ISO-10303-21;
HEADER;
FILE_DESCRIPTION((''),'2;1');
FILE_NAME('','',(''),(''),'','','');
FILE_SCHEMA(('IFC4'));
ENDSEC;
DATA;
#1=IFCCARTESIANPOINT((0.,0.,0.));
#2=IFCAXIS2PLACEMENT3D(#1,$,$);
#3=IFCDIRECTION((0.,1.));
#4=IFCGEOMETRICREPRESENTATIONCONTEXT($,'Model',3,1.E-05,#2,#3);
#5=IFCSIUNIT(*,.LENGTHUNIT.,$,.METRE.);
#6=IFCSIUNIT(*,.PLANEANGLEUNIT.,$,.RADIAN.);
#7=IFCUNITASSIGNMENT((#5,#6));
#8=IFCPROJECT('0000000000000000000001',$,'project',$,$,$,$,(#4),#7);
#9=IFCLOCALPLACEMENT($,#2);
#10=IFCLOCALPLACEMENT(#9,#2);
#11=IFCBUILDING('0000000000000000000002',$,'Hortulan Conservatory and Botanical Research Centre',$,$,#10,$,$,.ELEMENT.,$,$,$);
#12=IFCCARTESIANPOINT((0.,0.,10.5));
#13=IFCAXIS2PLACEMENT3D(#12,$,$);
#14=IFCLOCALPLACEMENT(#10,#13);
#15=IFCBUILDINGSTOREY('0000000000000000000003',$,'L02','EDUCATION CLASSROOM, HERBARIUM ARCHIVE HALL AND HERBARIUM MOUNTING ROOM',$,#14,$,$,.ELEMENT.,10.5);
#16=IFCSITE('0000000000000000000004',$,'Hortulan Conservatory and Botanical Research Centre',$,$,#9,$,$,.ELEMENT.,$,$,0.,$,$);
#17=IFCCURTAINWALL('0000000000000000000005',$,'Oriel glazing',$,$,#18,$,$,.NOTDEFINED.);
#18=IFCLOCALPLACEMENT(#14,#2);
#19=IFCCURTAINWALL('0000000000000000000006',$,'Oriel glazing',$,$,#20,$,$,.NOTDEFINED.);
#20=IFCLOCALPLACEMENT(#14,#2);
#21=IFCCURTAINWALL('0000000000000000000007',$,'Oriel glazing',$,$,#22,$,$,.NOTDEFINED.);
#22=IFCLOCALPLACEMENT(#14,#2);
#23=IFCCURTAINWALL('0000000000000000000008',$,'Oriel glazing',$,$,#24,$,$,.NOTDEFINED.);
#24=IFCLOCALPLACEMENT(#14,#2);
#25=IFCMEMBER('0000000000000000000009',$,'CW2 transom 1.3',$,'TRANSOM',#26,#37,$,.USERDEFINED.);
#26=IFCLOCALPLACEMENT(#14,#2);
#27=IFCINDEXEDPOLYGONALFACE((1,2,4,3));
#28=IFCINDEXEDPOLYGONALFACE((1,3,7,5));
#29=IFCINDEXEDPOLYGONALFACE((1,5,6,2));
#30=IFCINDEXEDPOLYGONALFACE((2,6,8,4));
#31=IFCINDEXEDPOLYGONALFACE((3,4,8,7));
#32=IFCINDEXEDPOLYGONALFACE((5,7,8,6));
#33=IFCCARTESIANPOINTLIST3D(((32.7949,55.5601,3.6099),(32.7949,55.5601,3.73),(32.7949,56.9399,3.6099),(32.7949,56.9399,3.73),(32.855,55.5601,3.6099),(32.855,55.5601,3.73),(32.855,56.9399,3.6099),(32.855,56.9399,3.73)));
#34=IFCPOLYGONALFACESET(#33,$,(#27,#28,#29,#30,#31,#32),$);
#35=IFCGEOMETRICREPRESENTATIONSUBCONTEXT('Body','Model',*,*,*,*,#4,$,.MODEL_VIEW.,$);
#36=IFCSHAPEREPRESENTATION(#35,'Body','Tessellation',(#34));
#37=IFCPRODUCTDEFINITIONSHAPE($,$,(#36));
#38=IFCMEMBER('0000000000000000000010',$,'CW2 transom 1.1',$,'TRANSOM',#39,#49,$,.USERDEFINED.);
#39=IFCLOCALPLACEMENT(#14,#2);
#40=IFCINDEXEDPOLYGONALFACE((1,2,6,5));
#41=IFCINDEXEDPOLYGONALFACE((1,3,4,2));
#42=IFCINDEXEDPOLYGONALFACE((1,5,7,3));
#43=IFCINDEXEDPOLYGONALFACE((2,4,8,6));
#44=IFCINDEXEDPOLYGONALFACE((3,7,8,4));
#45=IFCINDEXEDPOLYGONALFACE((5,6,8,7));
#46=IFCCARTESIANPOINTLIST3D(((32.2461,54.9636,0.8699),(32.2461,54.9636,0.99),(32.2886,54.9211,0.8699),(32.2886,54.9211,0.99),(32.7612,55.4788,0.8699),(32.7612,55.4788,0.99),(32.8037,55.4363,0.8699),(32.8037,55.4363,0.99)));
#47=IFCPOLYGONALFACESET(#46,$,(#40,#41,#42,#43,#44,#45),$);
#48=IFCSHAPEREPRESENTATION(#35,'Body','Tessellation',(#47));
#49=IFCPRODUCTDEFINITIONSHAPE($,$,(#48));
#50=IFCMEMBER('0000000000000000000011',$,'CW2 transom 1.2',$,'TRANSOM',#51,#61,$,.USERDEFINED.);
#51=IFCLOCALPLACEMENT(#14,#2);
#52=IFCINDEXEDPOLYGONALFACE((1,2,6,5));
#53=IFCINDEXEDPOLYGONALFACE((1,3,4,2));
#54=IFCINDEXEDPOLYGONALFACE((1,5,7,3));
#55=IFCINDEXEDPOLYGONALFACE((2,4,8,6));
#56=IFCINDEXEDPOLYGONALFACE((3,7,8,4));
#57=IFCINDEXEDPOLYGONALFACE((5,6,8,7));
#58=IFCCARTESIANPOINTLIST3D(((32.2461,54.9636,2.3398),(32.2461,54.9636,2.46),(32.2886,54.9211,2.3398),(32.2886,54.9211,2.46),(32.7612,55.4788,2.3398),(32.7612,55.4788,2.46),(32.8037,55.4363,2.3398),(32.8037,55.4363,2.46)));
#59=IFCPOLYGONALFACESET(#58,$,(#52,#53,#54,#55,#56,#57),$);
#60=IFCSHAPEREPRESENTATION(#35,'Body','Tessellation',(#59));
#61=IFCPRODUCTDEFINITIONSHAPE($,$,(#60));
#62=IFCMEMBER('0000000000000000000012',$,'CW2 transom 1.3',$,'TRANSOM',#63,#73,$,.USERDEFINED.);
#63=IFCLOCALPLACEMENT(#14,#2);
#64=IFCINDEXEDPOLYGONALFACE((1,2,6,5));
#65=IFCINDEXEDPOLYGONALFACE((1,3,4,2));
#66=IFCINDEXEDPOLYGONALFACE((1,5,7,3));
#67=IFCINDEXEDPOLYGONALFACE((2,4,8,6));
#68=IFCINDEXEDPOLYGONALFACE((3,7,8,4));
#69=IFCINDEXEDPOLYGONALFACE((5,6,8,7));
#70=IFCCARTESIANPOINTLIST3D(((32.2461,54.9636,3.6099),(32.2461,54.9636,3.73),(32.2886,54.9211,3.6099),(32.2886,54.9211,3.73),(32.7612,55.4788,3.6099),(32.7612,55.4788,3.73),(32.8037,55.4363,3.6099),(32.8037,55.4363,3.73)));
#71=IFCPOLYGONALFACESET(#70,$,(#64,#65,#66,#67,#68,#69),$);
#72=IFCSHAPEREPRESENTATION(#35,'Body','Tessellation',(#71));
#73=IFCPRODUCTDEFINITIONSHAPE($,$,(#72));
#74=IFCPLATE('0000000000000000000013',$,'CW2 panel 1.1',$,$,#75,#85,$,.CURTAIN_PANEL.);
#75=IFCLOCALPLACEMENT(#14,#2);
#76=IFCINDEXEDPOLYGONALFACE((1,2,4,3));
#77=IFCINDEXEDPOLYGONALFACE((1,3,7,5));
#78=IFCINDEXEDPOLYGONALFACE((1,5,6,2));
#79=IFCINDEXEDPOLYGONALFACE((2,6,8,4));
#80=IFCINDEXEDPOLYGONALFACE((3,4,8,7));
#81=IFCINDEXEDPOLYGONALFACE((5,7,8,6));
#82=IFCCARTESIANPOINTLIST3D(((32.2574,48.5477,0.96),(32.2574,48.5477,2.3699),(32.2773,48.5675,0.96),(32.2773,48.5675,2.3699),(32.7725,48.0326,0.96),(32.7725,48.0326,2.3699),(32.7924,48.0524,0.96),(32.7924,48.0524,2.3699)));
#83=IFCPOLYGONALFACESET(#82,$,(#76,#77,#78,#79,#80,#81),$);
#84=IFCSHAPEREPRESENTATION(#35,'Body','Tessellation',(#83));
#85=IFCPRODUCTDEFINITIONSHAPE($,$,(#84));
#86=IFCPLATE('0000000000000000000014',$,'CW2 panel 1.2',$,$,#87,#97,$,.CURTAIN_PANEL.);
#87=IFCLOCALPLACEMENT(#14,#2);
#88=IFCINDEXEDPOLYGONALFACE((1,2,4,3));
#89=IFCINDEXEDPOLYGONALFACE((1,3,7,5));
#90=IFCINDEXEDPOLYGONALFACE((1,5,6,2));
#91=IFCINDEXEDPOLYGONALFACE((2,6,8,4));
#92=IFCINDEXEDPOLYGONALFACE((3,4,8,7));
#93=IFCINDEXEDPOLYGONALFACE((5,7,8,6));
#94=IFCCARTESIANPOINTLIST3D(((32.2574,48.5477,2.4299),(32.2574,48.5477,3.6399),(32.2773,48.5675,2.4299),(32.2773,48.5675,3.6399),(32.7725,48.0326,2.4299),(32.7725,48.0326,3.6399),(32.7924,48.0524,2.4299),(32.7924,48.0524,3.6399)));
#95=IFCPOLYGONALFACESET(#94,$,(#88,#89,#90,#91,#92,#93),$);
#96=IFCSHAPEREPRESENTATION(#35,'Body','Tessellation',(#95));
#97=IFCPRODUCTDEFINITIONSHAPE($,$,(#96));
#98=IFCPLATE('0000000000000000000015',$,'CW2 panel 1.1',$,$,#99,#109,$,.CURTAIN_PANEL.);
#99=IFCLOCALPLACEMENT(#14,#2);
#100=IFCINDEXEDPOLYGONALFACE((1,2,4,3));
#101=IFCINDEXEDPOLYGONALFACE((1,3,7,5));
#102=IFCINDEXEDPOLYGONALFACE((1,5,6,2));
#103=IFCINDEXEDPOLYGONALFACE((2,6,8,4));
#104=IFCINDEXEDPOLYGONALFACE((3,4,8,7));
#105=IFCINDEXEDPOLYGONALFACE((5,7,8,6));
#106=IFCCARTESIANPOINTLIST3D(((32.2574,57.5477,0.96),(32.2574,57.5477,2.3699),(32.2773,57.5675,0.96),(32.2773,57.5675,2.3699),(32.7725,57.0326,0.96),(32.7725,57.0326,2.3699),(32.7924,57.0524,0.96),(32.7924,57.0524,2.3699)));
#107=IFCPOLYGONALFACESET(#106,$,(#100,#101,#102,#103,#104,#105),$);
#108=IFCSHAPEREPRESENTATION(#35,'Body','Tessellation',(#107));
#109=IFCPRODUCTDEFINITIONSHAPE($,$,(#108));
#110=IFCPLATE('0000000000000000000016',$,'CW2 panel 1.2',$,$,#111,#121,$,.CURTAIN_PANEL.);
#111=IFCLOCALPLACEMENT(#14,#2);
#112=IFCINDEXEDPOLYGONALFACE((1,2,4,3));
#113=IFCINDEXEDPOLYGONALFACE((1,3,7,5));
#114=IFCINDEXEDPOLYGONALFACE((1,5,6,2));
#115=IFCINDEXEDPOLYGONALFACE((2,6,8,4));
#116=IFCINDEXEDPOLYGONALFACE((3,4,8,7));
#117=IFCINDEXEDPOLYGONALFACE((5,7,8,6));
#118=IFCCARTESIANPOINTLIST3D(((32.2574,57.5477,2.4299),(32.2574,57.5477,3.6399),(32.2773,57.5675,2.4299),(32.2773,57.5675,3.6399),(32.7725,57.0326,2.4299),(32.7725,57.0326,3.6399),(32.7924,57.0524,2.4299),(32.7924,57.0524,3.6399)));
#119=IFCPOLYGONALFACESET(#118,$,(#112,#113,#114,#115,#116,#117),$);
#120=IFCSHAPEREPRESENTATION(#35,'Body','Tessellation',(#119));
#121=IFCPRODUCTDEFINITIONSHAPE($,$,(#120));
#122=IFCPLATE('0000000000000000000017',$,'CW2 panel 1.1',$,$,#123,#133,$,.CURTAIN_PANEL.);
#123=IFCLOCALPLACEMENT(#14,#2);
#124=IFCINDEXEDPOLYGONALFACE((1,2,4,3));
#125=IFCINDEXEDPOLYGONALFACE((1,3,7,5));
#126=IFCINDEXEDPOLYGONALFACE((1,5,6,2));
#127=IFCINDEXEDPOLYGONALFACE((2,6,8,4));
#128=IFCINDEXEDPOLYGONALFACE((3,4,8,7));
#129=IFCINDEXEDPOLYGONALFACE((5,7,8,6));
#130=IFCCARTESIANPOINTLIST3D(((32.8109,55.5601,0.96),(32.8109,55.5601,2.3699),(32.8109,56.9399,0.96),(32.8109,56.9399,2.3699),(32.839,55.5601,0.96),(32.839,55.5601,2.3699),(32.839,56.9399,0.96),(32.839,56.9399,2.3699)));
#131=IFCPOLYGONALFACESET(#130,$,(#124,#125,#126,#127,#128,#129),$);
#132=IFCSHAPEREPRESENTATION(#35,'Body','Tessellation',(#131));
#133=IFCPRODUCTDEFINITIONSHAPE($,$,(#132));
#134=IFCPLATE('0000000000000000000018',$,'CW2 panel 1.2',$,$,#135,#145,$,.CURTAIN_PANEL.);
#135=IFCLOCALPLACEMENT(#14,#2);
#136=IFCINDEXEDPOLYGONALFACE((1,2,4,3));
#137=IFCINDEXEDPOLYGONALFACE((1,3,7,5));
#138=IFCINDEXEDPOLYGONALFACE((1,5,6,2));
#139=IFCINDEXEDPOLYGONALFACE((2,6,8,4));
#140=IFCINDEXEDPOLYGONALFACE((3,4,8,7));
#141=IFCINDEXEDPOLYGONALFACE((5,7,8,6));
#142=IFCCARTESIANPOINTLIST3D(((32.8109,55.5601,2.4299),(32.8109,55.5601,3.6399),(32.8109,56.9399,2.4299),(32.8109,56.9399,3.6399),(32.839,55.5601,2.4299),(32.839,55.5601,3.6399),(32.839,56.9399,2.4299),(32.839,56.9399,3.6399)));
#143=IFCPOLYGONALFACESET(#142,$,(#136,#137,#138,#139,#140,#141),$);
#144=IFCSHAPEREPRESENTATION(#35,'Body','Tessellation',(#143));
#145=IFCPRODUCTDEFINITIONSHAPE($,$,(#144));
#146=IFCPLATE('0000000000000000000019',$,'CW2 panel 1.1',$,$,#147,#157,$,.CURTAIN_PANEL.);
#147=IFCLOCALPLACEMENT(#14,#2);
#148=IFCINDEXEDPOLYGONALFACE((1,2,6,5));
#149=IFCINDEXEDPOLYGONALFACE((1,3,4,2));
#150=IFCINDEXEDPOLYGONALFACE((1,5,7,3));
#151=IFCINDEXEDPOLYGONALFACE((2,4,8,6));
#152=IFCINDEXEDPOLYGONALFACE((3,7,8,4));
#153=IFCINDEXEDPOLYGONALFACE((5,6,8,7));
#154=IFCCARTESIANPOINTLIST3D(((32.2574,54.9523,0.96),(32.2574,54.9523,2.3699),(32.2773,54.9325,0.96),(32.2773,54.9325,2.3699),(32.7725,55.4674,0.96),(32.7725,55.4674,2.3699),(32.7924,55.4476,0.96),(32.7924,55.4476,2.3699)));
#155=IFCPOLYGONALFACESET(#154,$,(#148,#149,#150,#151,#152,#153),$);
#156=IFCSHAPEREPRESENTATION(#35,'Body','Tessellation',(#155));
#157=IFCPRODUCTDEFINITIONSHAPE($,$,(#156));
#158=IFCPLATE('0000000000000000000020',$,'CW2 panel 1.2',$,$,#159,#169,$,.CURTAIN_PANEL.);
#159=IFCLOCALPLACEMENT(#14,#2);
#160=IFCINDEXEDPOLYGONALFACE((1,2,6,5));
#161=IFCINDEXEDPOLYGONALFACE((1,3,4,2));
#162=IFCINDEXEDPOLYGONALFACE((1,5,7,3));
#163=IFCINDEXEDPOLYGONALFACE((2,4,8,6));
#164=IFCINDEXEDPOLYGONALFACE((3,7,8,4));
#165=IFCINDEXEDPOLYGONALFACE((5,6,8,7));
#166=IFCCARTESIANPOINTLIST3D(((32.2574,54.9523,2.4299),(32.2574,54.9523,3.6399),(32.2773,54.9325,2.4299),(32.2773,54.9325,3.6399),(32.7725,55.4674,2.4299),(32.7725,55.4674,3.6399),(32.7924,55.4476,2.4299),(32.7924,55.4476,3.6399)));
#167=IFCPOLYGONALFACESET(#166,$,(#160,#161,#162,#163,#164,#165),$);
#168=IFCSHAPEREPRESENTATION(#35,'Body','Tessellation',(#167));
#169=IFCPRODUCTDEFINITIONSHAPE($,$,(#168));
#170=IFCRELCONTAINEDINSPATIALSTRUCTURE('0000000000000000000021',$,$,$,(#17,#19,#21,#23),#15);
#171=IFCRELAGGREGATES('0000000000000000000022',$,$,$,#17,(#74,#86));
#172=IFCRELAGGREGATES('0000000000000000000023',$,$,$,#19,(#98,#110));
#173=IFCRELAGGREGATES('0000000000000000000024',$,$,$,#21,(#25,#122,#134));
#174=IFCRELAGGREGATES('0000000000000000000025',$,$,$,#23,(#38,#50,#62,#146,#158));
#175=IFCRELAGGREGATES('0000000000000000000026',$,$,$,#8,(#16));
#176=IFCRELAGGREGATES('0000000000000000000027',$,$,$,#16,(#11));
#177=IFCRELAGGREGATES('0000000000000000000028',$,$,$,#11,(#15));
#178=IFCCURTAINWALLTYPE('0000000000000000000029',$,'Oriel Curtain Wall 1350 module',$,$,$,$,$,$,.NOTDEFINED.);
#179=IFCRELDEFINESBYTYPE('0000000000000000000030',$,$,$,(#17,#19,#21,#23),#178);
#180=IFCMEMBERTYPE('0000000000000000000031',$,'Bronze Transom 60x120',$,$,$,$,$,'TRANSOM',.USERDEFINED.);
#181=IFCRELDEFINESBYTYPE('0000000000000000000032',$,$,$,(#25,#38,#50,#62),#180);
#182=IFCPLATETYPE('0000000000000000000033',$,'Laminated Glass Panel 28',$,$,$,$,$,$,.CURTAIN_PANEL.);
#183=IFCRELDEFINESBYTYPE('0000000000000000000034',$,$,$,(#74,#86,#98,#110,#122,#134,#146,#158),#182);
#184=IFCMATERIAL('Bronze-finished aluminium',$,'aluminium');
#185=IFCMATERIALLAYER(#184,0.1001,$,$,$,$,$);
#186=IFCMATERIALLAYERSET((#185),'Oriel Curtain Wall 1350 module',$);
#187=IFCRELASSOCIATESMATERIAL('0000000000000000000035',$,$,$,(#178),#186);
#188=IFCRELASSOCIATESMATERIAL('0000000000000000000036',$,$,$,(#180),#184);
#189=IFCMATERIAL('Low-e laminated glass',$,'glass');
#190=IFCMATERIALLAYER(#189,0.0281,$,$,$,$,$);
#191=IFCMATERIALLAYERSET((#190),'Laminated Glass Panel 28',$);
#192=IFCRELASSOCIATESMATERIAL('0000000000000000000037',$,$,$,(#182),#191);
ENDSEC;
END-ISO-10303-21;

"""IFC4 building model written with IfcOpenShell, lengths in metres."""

from ifc_helpers import new_model, si_unit, direction, frame, origin, origin_2d, place, context, subcontext, project, spatial, rectangle, extrude, material, layer, layer_set, material_profile, profile_set, type_object, element, aggregate, save


model = new_model("IFC4")

# Units and contexts
model_context = context("Model", 3, precision=1e-05, world=origin(), true_north=direction((0.0, 1.0)))
body_context = subcontext(model_context, "Body", "Model", "MODEL_VIEW")
ifc_project = project(units=[si_unit("LENGTHUNIT", "METRE"), si_unit("PLANEANGLEUNIT", "RADIAN")], contexts=[model_context])

# Site, building, storey
site_placement = place(None, origin())
site = spatial("IfcSite", under=ifc_project, at=site_placement, Name="Hortulan Conservatory and Botanical Research Centre", CompositionType="ELEMENT", RefElevation=0.0)
building_placement = place(site_placement, origin())
building = spatial("IfcBuilding", under=site, at=building_placement, Name="Hortulan Conservatory and Botanical Research Centre", CompositionType="ELEMENT")
storey_placement = place(building_placement, frame((0.0, 0.0, 10.5)))
storey = spatial("IfcBuildingStorey", under=building, at=storey_placement, Name="L02", Description="EDUCATION CLASSROOM, HERBARIUM ARCHIVE HALL AND HERBARIUM MOUNTING ROOM", CompositionType="ELEMENT", Elevation=10.5)

# Curtain walls
ifc_material_1 = material(Name="Bronze-finished aluminium", Category="aluminium")
ifc_layer_1 = layer(ifc_material_1, 0.1001)
ifc_layer_set_1 = layer_set([ifc_layer_1], Name="Oriel Curtain Wall 1350 module")
curtain_wall_type = type_object("IfcCurtainWallType", Name="Oriel Curtain Wall 1350 module", PredefinedType="NOTDEFINED", material=ifc_layer_set_1)
curtain_wall_1_placement = place(storey_placement, origin())
curtain_wall_1 = element("IfcCurtainWall", 1, at=curtain_wall_1_placement, inside=storey, type_object=curtain_wall_type, Name="Oriel glazing", PredefinedType="NOTDEFINED")
curtain_wall_2_placement = place(storey_placement, origin())
curtain_wall_2 = element("IfcCurtainWall", 2, at=curtain_wall_2_placement, inside=storey, type_object=curtain_wall_type, Name="Oriel glazing", PredefinedType="NOTDEFINED")

# Curtain walls
curtain_wall_3_placement = place(storey_placement, origin())
curtain_wall_3 = element("IfcCurtainWall", 3, at=curtain_wall_3_placement, inside=storey, type_object=curtain_wall_type, Name="Oriel glazing", PredefinedType="NOTDEFINED")
curtain_wall_4_placement = place(storey_placement, origin())
curtain_wall_4 = element("IfcCurtainWall", 4, at=curtain_wall_4_placement, inside=storey, type_object=curtain_wall_type, Name="Oriel glazing", PredefinedType="NOTDEFINED")

# Members
ifc_material_profile_1 = material_profile(ifc_material_1, rectangle(XDim=0.0601, YDim=0.1201, at=origin_2d()), Name="Bronze Transom 60x120")
ifc_profile_set_1 = profile_set([ifc_material_profile_1], Name="Bronze-finished aluminium")
member_type_1 = type_object("IfcMemberType", Name="Bronze Transom 60x120", ElementType="TRANSOM", PredefinedType="USERDEFINED", material=ifc_profile_set_1)
member_1_placement = place(storey_placement, frame((32.825, 56.9399, 3.6699), z_axis=(0.0, -1.0, 0.0), x_axis=(1.0, 0.0, 0.0)))
member_1 = element("IfcMember", 5, at=member_1_placement, type_object=member_type_1, Name="CW2 transom 1.3", ObjectType="TRANSOM", PredefinedType="USERDEFINED", context=body_context, shape_type="SweptSolid", body=[
    extrude(rectangle(XDim=0.0601, YDim=0.1201, at=origin_2d()), origin(), (0.0, 0.0, 1.0), 1.3799),
])
member_2_placement = place(storey_placement, frame((32.7825, 55.4575, 0.9299), z_axis=(-0.707107, -0.707107, 0.0), x_axis=(0.707107, -0.707107, 0.0)))
member_2 = element("IfcMember", 6, at=member_2_placement, type_object=member_type_1, Name="CW2 transom 1.1", ObjectType="TRANSOM", PredefinedType="USERDEFINED", context=body_context, shape_type="SweptSolid", body=[
    extrude(rectangle(XDim=0.0601, YDim=0.1201, at=origin_2d()), origin(), (0.0, 0.0, 1.0), 0.7285),
])
member_3_placement = place(storey_placement, frame((32.7825, 55.4575, 2.3999), z_axis=(-0.707107, -0.707107, 0.0), x_axis=(0.707107, -0.707107, 0.0)))
member_3 = element("IfcMember", 7, at=member_3_placement, type_object=member_type_1, Name="CW2 transom 1.2", ObjectType="TRANSOM", PredefinedType="USERDEFINED", context=body_context, shape_type="SweptSolid", body=[
    extrude(rectangle(XDim=0.0601, YDim=0.1201, at=origin_2d()), origin(), (0.0, 0.0, 1.0), 0.7285),
])
member_4_placement = place(storey_placement, frame((32.7825, 55.4575, 3.6699), z_axis=(-0.707107, -0.707107, 0.0), x_axis=(0.707107, -0.707107, 0.0)))
member_4 = element("IfcMember", 8, at=member_4_placement, type_object=member_type_1, Name="CW2 transom 1.3", ObjectType="TRANSOM", PredefinedType="USERDEFINED", context=body_context, shape_type="SweptSolid", body=[
    extrude(rectangle(XDim=0.0601, YDim=0.1201, at=origin_2d()), origin(), (0.0, 0.0, 1.0), 0.7285),
])

# Plates
ifc_material_2 = material(Name="Low-e laminated glass", Category="glass")
ifc_layer_2 = layer(ifc_material_2, 0.0281)
ifc_layer_set_2 = layer_set([ifc_layer_2], Name="Laminated Glass Panel 28")
plate_type = type_object("IfcPlateType", Name="Laminated Glass Panel 28", PredefinedType="CURTAIN_PANEL", material=ifc_layer_set_2)
plate_1_placement = place(storey_placement, frame((32.5249, 48.3, 0.96), z_axis=(0.0, 0.0, 1.0), x_axis=(0.707107, -0.707107, 0.0)))
plate_1 = element("IfcPlate", 9, at=plate_1_placement, type_object=plate_type, Name="CW2 panel 1.1", PredefinedType="CURTAIN_PANEL", context=body_context, shape_type="SweptSolid", body=[
    extrude(rectangle(XDim=0.7285, YDim=0.0281, at=origin_2d()), origin(), (0.0, 0.0, 1.0), 1.4099),
])
plate_2_placement = place(storey_placement, frame((32.5249, 48.3, 2.4299), z_axis=(0.0, 0.0, 1.0), x_axis=(0.707107, -0.707107, 0.0)))
plate_2 = element("IfcPlate", 10, at=plate_2_placement, type_object=plate_type, Name="CW2 panel 1.2", PredefinedType="CURTAIN_PANEL", context=body_context, shape_type="SweptSolid", body=[
    extrude(rectangle(XDim=0.7285, YDim=0.0281, at=origin_2d()), origin(), (0.0, 0.0, 1.0), 1.21),
])
aggregate(curtain_wall_1, [plate_1, plate_2])
plate_3_placement = place(storey_placement, frame((32.5249, 57.3, 0.96), z_axis=(0.0, 0.0, 1.0), x_axis=(0.707107, -0.707107, 0.0)))
plate_3 = element("IfcPlate", 11, at=plate_3_placement, type_object=plate_type, Name="CW2 panel 1.1", PredefinedType="CURTAIN_PANEL", context=body_context, shape_type="SweptSolid", body=[
    extrude(rectangle(XDim=0.7285, YDim=0.0281, at=origin_2d()), origin(), (0.0, 0.0, 1.0), 1.4099),
])
plate_4_placement = place(storey_placement, frame((32.5249, 57.3, 2.4299), z_axis=(0.0, 0.0, 1.0), x_axis=(0.707107, -0.707107, 0.0)))
plate_4 = element("IfcPlate", 12, at=plate_4_placement, type_object=plate_type, Name="CW2 panel 1.2", PredefinedType="CURTAIN_PANEL", context=body_context, shape_type="SweptSolid", body=[
    extrude(rectangle(XDim=0.7285, YDim=0.0281, at=origin_2d()), origin(), (0.0, 0.0, 1.0), 1.21),
])
aggregate(curtain_wall_2, [plate_3, plate_4])
plate_5_placement = place(storey_placement, frame((32.825, 56.25, 0.96), z_axis=(0.0, 0.0, 1.0), x_axis=(0.0, -1.0, 0.0)))
plate_5 = element("IfcPlate", 13, at=plate_5_placement, type_object=plate_type, Name="CW2 panel 1.1", PredefinedType="CURTAIN_PANEL", context=body_context, shape_type="SweptSolid", body=[
    extrude(rectangle(XDim=1.3799, YDim=0.0281, at=origin_2d()), origin(), (0.0, 0.0, 1.0), 1.4099),
])
plate_6_placement = place(storey_placement, frame((32.825, 56.25, 2.4299), z_axis=(0.0, 0.0, 1.0), x_axis=(0.0, -1.0, 0.0)))
plate_6 = element("IfcPlate", 14, at=plate_6_placement, type_object=plate_type, Name="CW2 panel 1.2", PredefinedType="CURTAIN_PANEL", context=body_context, shape_type="SweptSolid", body=[
    extrude(rectangle(XDim=1.3799, YDim=0.0281, at=origin_2d()), origin(), (0.0, 0.0, 1.0), 1.21),
])
aggregate(curtain_wall_3, [member_1, plate_5, plate_6])
plate_7_placement = place(storey_placement, frame((32.5249, 55.2, 0.96), z_axis=(0.0, 0.0, 1.0), x_axis=(-0.707107, -0.707107, 0.0)))
plate_7 = element("IfcPlate", 15, at=plate_7_placement, type_object=plate_type, Name="CW2 panel 1.1", PredefinedType="CURTAIN_PANEL", context=body_context, shape_type="SweptSolid", body=[
    extrude(rectangle(XDim=0.7285, YDim=0.0281, at=origin_2d()), origin(), (0.0, 0.0, 1.0), 1.4099),
])
plate_8_placement = place(storey_placement, frame((32.5249, 55.2, 2.4299), z_axis=(0.0, 0.0, 1.0), x_axis=(-0.707107, -0.707107, 0.0)))
plate_8 = element("IfcPlate", 16, at=plate_8_placement, type_object=plate_type, Name="CW2 panel 1.2", PredefinedType="CURTAIN_PANEL", context=body_context, shape_type="SweptSolid", body=[
    extrude(rectangle(XDim=0.7285, YDim=0.0281, at=origin_2d()), origin(), (0.0, 0.0, 1.0), 1.21),
])
aggregate(curtain_wall_4, [member_2, member_3, member_4, plate_7, plate_8])

save(model, "model.ifc")
